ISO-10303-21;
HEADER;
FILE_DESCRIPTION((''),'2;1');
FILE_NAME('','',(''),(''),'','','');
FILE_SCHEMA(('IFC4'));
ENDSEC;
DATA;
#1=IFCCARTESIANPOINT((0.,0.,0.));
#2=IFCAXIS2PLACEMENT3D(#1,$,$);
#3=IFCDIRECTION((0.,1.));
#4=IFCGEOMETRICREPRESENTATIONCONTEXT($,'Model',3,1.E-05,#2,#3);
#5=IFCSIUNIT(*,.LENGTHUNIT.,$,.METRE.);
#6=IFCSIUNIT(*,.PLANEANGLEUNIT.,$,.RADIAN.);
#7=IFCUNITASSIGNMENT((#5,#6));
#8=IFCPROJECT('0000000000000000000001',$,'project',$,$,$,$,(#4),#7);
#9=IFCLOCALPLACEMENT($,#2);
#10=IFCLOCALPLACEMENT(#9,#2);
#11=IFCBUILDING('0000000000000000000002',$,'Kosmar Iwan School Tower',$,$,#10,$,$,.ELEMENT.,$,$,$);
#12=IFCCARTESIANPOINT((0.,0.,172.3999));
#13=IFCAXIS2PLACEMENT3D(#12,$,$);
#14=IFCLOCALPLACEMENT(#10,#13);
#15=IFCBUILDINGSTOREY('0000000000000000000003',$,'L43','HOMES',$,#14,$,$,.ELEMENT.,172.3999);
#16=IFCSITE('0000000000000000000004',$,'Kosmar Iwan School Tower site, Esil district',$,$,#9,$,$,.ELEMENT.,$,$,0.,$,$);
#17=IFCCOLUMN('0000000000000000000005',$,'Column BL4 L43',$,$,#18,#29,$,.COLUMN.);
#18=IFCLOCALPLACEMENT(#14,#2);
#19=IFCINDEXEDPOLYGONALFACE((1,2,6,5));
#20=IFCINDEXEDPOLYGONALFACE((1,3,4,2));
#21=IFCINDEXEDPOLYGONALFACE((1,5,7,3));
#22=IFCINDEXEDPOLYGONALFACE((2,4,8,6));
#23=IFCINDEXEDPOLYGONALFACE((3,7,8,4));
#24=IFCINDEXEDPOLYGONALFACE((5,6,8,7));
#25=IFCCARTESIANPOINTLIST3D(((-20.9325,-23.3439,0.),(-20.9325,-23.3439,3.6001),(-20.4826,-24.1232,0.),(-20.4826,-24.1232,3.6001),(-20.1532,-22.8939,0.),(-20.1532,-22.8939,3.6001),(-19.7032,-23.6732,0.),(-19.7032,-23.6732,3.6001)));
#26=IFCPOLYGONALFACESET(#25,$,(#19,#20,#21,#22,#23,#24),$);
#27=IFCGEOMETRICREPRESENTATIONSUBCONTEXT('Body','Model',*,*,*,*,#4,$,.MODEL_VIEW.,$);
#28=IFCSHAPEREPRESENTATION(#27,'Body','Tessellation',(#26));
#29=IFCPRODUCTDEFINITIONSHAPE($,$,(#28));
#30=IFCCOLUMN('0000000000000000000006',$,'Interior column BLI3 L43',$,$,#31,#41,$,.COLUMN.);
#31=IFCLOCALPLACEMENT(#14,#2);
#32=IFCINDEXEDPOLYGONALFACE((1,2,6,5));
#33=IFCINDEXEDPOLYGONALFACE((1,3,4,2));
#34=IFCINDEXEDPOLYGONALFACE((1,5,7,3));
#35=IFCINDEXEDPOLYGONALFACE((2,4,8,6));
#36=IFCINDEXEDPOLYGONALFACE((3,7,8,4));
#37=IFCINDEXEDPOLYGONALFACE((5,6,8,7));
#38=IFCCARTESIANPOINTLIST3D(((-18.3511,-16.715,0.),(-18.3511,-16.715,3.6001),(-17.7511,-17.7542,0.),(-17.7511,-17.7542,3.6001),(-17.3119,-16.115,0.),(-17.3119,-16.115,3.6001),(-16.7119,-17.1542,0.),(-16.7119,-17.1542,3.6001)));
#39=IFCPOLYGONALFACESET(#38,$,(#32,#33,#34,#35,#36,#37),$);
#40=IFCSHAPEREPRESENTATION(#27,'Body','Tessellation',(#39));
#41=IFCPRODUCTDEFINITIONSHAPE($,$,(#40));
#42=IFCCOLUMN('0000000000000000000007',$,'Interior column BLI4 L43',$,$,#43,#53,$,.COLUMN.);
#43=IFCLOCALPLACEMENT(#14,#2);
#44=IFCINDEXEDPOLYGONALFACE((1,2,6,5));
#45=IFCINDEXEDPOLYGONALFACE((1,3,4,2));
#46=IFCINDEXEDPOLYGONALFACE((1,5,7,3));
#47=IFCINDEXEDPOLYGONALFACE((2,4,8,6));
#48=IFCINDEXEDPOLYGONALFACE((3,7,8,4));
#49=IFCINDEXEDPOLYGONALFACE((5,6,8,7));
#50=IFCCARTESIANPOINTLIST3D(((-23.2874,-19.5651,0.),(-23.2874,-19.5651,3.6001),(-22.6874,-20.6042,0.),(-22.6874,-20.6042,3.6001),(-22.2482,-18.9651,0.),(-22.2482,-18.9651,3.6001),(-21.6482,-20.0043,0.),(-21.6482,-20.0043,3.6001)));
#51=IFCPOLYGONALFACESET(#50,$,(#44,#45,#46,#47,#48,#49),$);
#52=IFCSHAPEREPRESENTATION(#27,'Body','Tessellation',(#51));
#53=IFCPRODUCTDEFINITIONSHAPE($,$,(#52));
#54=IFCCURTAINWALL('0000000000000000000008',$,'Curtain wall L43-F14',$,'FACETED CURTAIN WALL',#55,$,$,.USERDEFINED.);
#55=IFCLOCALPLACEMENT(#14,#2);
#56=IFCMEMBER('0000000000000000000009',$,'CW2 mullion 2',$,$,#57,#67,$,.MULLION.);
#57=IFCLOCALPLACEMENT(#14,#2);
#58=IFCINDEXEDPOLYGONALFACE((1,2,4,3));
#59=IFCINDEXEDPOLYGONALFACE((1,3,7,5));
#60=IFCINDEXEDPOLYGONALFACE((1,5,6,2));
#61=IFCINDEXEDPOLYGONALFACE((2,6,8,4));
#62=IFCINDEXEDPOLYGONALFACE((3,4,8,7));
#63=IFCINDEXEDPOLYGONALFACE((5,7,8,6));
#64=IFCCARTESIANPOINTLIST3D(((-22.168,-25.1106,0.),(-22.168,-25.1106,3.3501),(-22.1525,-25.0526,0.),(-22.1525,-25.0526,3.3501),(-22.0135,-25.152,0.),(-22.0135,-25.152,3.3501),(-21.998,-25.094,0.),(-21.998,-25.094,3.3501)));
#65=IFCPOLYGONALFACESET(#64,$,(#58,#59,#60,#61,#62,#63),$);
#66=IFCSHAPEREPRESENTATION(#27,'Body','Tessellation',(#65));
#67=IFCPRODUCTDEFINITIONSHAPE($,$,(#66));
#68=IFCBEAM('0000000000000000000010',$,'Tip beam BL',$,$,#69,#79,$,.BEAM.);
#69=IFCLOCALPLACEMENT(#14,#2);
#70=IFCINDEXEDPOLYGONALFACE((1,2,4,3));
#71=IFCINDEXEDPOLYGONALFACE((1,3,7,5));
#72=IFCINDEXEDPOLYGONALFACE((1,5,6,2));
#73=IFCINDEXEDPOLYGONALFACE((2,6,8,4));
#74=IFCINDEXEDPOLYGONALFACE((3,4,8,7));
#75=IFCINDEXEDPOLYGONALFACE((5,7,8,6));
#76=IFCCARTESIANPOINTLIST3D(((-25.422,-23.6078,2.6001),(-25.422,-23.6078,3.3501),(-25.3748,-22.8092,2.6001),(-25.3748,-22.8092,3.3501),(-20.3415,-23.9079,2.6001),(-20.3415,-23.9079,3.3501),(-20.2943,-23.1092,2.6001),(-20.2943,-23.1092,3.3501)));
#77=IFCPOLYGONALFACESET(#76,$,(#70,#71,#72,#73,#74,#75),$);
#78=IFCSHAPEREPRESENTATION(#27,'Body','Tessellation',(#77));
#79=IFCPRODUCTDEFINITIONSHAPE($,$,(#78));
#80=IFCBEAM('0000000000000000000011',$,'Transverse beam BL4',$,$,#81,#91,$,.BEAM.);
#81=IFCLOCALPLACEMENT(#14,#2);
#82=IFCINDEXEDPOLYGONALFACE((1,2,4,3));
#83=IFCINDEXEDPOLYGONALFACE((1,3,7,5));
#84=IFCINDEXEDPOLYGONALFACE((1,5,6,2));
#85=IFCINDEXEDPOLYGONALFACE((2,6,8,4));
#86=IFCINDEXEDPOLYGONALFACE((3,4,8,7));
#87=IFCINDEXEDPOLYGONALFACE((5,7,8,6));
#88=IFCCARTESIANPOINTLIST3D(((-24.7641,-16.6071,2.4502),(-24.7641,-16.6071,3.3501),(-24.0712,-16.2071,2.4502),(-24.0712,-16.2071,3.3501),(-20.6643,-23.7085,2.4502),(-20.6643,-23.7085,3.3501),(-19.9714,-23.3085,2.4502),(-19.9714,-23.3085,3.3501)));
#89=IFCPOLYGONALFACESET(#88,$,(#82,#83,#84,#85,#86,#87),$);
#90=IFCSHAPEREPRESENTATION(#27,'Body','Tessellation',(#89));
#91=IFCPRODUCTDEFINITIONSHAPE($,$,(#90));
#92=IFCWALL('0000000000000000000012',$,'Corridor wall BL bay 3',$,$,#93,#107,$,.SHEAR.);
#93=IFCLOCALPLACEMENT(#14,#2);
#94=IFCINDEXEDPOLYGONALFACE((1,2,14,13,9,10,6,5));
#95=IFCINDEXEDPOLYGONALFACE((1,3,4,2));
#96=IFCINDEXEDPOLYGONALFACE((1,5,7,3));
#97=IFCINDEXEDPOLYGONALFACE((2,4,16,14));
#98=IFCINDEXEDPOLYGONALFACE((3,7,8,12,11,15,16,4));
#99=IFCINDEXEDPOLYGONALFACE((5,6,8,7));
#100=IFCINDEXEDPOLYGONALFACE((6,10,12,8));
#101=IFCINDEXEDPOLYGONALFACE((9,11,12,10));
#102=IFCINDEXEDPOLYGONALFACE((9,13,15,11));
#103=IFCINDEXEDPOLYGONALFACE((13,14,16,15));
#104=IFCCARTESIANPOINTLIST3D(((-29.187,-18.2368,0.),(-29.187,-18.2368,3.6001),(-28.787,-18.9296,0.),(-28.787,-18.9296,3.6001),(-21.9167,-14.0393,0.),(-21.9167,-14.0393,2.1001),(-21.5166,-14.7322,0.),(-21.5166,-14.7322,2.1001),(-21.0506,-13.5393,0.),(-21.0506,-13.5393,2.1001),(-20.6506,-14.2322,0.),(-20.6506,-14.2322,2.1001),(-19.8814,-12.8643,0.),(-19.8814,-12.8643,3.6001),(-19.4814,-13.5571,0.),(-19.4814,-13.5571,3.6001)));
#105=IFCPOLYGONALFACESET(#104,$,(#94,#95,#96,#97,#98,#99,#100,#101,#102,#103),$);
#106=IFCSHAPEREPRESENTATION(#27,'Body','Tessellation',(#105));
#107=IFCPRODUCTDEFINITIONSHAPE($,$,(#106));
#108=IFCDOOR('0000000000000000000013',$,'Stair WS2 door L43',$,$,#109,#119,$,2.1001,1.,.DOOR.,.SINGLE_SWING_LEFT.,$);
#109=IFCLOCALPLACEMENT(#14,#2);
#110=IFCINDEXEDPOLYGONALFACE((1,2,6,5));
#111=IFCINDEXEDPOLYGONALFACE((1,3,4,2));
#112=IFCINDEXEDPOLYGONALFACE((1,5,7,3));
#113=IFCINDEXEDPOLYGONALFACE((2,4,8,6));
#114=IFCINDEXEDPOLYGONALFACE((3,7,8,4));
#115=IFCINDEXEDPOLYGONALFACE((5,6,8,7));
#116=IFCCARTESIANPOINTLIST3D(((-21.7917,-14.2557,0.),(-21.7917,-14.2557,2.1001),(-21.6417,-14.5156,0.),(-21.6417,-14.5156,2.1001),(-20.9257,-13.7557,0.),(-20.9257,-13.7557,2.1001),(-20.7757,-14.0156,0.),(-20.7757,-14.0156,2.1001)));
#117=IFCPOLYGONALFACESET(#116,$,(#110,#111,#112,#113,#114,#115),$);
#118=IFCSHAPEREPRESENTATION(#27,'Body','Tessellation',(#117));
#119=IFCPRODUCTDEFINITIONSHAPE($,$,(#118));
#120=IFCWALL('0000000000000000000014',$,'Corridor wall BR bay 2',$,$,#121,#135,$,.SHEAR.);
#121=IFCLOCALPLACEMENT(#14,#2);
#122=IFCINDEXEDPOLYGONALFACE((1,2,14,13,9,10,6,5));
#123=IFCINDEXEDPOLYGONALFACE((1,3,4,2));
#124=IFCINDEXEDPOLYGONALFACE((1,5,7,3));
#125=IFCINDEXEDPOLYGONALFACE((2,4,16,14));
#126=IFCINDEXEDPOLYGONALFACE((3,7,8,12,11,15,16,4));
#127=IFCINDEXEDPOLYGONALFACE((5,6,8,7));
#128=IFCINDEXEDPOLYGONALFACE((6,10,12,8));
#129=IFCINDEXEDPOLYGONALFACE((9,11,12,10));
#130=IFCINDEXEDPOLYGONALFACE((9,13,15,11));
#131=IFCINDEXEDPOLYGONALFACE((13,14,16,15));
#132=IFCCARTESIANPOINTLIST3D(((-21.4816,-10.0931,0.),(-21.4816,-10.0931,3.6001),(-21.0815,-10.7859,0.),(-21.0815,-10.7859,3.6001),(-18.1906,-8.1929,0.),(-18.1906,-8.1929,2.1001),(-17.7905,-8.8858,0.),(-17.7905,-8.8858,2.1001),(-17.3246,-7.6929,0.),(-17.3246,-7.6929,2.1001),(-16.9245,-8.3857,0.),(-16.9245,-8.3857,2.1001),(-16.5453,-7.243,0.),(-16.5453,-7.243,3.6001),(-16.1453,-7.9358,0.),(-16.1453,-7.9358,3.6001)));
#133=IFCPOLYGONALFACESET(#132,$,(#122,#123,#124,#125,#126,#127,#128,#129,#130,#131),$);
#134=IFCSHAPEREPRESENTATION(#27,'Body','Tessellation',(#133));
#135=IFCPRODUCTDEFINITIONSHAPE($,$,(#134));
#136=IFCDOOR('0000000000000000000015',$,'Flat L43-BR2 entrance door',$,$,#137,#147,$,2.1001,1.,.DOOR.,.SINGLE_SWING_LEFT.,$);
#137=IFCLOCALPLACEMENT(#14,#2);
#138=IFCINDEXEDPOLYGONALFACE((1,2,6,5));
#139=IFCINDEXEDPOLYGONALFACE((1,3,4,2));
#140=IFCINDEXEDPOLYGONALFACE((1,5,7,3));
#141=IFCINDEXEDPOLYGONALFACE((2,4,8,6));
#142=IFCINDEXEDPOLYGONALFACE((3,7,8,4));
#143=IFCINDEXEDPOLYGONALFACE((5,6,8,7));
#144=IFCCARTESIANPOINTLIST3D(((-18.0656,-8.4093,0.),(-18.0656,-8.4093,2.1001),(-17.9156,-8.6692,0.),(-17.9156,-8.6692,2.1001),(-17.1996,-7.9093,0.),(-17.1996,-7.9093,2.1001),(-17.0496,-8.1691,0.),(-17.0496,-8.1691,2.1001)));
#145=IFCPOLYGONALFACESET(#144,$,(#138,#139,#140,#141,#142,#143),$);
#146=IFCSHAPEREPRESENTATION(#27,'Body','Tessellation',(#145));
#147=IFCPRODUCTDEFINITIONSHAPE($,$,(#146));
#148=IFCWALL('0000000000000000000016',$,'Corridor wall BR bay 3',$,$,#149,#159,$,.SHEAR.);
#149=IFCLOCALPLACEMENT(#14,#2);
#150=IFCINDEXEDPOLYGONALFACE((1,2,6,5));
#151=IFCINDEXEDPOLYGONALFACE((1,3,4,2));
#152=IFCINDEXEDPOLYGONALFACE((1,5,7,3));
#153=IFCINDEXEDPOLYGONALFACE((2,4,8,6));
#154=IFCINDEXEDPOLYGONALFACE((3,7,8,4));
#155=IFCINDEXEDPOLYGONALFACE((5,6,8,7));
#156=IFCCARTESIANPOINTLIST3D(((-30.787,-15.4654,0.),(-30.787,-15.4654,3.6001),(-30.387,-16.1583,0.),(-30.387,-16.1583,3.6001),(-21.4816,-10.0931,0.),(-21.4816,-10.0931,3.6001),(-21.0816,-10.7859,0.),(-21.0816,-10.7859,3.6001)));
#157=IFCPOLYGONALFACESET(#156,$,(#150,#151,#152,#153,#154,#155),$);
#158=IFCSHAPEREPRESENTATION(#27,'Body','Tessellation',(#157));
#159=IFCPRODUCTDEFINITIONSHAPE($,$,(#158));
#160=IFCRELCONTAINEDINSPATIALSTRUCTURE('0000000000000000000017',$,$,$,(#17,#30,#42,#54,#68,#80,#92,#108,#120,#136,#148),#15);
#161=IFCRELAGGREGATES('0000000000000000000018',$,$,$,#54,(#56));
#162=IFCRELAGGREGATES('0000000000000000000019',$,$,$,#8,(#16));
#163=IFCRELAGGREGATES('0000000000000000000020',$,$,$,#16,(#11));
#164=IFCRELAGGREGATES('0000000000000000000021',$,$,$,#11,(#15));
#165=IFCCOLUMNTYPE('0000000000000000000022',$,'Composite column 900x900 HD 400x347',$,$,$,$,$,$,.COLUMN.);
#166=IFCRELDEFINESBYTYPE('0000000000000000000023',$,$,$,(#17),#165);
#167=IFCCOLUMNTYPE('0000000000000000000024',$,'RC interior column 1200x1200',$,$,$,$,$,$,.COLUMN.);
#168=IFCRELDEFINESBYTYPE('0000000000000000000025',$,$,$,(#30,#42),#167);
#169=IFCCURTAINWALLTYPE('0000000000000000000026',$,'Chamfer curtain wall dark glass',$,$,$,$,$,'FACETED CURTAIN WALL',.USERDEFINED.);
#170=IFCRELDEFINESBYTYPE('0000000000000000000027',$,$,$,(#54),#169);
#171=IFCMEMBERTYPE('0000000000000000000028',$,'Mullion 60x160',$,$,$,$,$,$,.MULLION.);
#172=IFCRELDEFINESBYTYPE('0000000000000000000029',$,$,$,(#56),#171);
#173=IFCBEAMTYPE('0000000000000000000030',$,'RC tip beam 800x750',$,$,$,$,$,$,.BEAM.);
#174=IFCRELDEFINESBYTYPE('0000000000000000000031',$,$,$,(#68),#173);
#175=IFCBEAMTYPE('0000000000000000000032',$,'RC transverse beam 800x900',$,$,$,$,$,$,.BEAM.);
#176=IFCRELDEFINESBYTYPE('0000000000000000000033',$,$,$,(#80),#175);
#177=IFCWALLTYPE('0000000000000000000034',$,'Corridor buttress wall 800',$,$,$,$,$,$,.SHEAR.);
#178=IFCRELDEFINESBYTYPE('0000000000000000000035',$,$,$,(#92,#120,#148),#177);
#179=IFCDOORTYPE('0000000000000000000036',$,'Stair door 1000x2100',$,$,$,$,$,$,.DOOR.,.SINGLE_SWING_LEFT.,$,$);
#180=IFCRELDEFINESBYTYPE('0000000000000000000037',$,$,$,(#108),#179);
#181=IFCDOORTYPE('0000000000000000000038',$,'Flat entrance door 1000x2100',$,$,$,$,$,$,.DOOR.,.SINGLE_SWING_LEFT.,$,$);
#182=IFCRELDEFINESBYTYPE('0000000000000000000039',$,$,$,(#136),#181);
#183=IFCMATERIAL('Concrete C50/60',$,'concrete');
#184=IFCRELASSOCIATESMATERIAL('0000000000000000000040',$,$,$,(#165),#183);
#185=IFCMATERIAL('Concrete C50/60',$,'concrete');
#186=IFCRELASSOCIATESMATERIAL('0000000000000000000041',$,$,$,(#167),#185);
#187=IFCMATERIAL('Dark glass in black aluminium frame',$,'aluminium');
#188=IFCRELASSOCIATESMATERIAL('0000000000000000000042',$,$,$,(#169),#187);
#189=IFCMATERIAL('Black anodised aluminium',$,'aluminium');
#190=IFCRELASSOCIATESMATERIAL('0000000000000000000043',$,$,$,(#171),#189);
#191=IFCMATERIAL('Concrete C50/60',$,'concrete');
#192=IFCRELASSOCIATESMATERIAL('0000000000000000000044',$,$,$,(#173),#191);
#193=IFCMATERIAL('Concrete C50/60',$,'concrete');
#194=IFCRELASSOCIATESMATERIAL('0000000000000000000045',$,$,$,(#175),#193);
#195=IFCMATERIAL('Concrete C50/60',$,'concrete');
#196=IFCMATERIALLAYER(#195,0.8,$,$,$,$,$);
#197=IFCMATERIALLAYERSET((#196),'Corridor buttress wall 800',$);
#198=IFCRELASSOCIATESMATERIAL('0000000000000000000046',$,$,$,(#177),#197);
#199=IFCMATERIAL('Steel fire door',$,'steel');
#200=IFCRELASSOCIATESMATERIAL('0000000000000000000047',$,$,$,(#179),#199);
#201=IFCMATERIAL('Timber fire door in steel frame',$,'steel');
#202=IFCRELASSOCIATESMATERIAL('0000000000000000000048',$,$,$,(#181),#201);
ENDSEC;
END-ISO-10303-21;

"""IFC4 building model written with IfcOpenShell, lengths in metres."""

from ifc_helpers import new_model, si_unit, direction, frame, frame_2d, origin, origin_2d, place, context, subcontext, project, spatial, rectangle, extrude, material, layer, layer_set, material_profile, profile_set, type_object, element, fill, aggregate, save


model = new_model("IFC4")

# Units and contexts
model_context = context("Model", 3, precision=1e-05, world=origin(), true_north=direction((0.0, 1.0)))
body_context = subcontext(model_context, "Body", "Model", "MODEL_VIEW")
ifc_project = project(units=[si_unit("LENGTHUNIT", "METRE"), si_unit("PLANEANGLEUNIT", "RADIAN")], contexts=[model_context])

# Site, building, storey
site_placement = place(None, origin())
site = spatial("IfcSite", under=ifc_project, at=site_placement, Name="Kosmar Iwan School Tower site, Esil district", CompositionType="ELEMENT", RefElevation=0.0)
building_placement = place(site_placement, origin())
building = spatial("IfcBuilding", under=site, at=building_placement, Name="Kosmar Iwan School Tower", CompositionType="ELEMENT")
storey_placement = place(building_placement, frame((0.0, 0.0, 172.3999)))
storey = spatial("IfcBuildingStorey", under=building, at=storey_placement, Name="L43", Description="HOMES", CompositionType="ELEMENT", Elevation=172.3999)

# Columns
ifc_material_1 = material(Name="Concrete C50/60", Category="concrete")
ifc_material_profile_1 = material_profile(ifc_material_1, rectangle(XDim=0.8999, YDim=0.8999, at=origin_2d()), Name="RC 900x900 + HD 400x347")
ifc_profile_set_1 = profile_set([ifc_material_profile_1], Name="Concrete C50/60")
column_type_1 = type_object("IfcColumnType", Name="Composite column 900x900 HD 400x347", PredefinedType="COLUMN", material=ifc_profile_set_1)
column_placement = place(storey_placement, frame((-20.3179, -23.5085, 0.0), z_axis=(0.0, 0.0, 1.0), x_axis=(-0.866025, -0.5, 0.0)))
element("IfcColumn", 1, at=column_placement, inside=storey, type_object=column_type_1, Name="Column BL4 L43", PredefinedType="COLUMN", context=body_context, shape_type="SweptSolid", body=[
    extrude(rectangle(XDim=0.8999, YDim=0.8999, at=origin_2d()), origin(), (0.0, 0.0, 1.0), 3.6001),
])
ifc_material_2 = material(Name="Concrete C50/60", Category="concrete")
ifc_material_profile_2 = material_profile(ifc_material_2, rectangle(XDim=1.2, YDim=1.2, at=origin_2d()), Name="RC 1200x1200")
ifc_profile_set_2 = profile_set([ifc_material_profile_2], Name="Concrete C50/60")
column_type_2 = type_object("IfcColumnType", Name="RC interior column 1200x1200", PredefinedType="COLUMN", material=ifc_profile_set_2)
for number, where, z_axis, x_axis, name in (
    (2, (-17.5315, -16.9346, 0.0), (0.0, 0.0, 1.0), (-0.866025, -0.5, 0.0), "Interior column BLI3 L43"),
    (3, (-22.4678, -19.7847, 0.0), (0.0, 0.0, 1.0), (-0.866025, -0.5, 0.0), "Interior column BLI4 L43"),
):
    element("IfcColumn", number, at=place(storey_placement, frame(where, z_axis=z_axis, x_axis=x_axis)), inside=storey, type_object=column_type_2, Name=name, PredefinedType="COLUMN", context=body_context, shape_type="SweptSolid", body=[
        extrude(rectangle(XDim=1.2, YDim=1.2, at=origin_2d()), origin(), (0.0, 0.0, 1.0), 3.6001),
    ])

# Curtain wall, member
ifc_material_3 = material(Name="Dark glass in black aluminium frame", Category="aluminium")
curtain_wall_type = type_object("IfcCurtainWallType", Name="Chamfer curtain wall dark glass", ElementType="FACETED CURTAIN WALL", PredefinedType="USERDEFINED", material=ifc_material_3)
curtain_wall_placement = place(storey_placement, origin())
curtain_wall = element("IfcCurtainWall", 4, at=curtain_wall_placement, inside=storey, type_object=curtain_wall_type, Name="Curtain wall L43-F14", ObjectType="FACETED CURTAIN WALL", PredefinedType="USERDEFINED")
ifc_material_4 = material(Name="Black anodised aluminium", Category="aluminium")
ifc_material_profile_3 = material_profile(ifc_material_4, rectangle(XDim=0.0601, YDim=0.1599, at=origin_2d()), Name="MULLION 60x160")
ifc_profile_set_3 = profile_set([ifc_material_profile_3], Name="Black anodised aluminium")
member_type = type_object("IfcMemberType", Name="Mullion 60x160", PredefinedType="MULLION", material=ifc_profile_set_3)
member_placement = place(storey_placement, frame((-22.083, -25.1023, 0.0), z_axis=(0.0, 0.0, 1.0), x_axis=(0.258819, 0.965926, 0.0)))
member = element("IfcMember", 5, at=member_placement, type_object=member_type, Name="CW2 mullion 2", PredefinedType="MULLION", context=body_context, shape_type="SweptSolid", body=[
    extrude(rectangle(XDim=0.0601, YDim=0.1599, at=origin_2d()), origin(), (0.0, 0.0, 1.0), 3.3501),
])
aggregate(curtain_wall, [member])

# Beams
ifc_material_5 = material(Name="Concrete C50/60", Category="concrete")
ifc_material_profile_4 = material_profile(ifc_material_5, rectangle(XDim=0.8, YDim=0.75, at=origin_2d()), Name="RC 800x750")
ifc_profile_set_4 = profile_set([ifc_material_profile_4], Name="Concrete C50/60")
beam_type_1 = type_object("IfcBeamType", Name="RC tip beam 800x750", PredefinedType="BEAM", material=ifc_profile_set_4)
beam_1_placement = place(storey_placement, frame((-20.3179, -23.5085, 2.9751), z_axis=(-0.998261, 0.058955, 0.0), x_axis=(-0.058955, -0.998261, 0.0)))
element("IfcBeam", 6, at=beam_1_placement, inside=storey, type_object=beam_type_1, Name="Tip beam BL", PredefinedType="BEAM", context=body_context, shape_type="SweptSolid", body=[
    extrude(rectangle(XDim=0.8, YDim=0.75, at=origin_2d()), origin(), (0.0, 0.0, 1.0), 5.0894),
])
ifc_material_6 = material(Name="Concrete C50/60", Category="concrete")
ifc_material_profile_5 = material_profile(ifc_material_6, rectangle(XDim=0.8, YDim=0.8999, at=origin_2d()), Name="RC 800x900")
ifc_profile_set_5 = profile_set([ifc_material_profile_5], Name="Concrete C50/60")
beam_type_2 = type_object("IfcBeamType", Name="RC transverse beam 800x900", PredefinedType="BEAM", material=ifc_profile_set_5)
beam_2_placement = place(storey_placement, frame((-20.3179, -23.5085, 2.9001), z_axis=(-0.499978, 0.866038, 0.0), x_axis=(-0.866038, -0.499978, 0.0)))
element("IfcBeam", 7, at=beam_2_placement, inside=storey, type_object=beam_type_2, Name="Transverse beam BL4", PredefinedType="BEAM", context=body_context, shape_type="SweptSolid", body=[
    extrude(rectangle(XDim=0.8, YDim=0.8999, at=origin_2d()), origin(), (0.0, 0.0, 1.0), 8.2),
])

# Walls, openings, doors
ifc_material_7 = material(Name="Concrete C50/60", Category="concrete")
ifc_layer_1 = layer(ifc_material_7, 0.8)
ifc_layer_set_1 = layer_set([ifc_layer_1], Name="Corridor buttress wall 800")
wall_type_1 = type_object("IfcWallType", Name="Corridor buttress wall 800", PredefinedType="SHEAR", material=ifc_layer_set_1)
wall_1_placement = place(storey_placement, frame((-19.6814, -13.2107, 0.0), z_axis=(0.0, 0.0, 1.0), x_axis=(-0.866028, -0.499995, 0.0)))
wall_1 = element("IfcWall", 8, at=wall_1_placement, inside=storey, type_object=wall_type_1, Name="Corridor wall BL bay 3", PredefinedType="SHEAR", context=body_context, shape_type="SweptSolid", body=[
    extrude(rectangle(XDim=10.7451, YDim=0.8, at=frame_2d((5.3726, 0.0))), origin(), (0.0, 0.0, 1.0), 3.6001),
])
opening_1_placement = place(wall_1_placement, frame((1.3501, 0.0, 0.0)))
opening_1 = element("IfcOpeningElement", 9, at=opening_1_placement, cuts=wall_1, PredefinedType="OPENING", context=body_context, shape_type="SweptSolid", body=[
    extrude(rectangle(XDim=1.0, YDim=2.1001, at=frame_2d((0.5, 1.05))), frame((0.0, 0.4121, 0.0), z_axis=(0.0, -1.0, 0.0), x_axis=(1.0, 0.0, 0.0)), (0.0, 0.0, 1.0), 0.824),
])
ifc_material_8 = material(Name="Steel fire door", Category="steel")
door_type_1 = type_object("IfcDoorType", Name="Stair door 1000x2100", OperationType="SINGLE_SWING_LEFT", PredefinedType="DOOR", material=ifc_material_8)
door_1_placement = place(opening_1_placement, origin())
door_1 = element("IfcDoor", 10, at=door_1_placement, inside=storey, type_object=door_type_1, Name="Stair WS2 door L43", OperationType="SINGLE_SWING_LEFT", OverallHeight=2.1001, OverallWidth=1.0, PredefinedType="DOOR", context=body_context, shape_type="SweptSolid", body=[
    extrude(rectangle(XDim=1.0, YDim=2.1001, at=frame_2d((0.5, 1.05))), frame((0.0, 0.1499, 0.0), z_axis=(0.0, -1.0, 0.0), x_axis=(1.0, 0.0, 0.0)), (0.0, 0.0, 1.0), 0.3),
])
fill(opening_1, door_1)
wall_2_placement = place(storey_placement, frame((-16.3452, -7.5894, 0.0), z_axis=(0.0, 0.0, 1.0), x_axis=(-0.866015, -0.500018, 0.0)))
wall_2 = element("IfcWall", 11, at=wall_2_placement, inside=storey, type_object=wall_type_1, Name="Corridor wall BR bay 2", PredefinedType="SHEAR", context=body_context, shape_type="SweptSolid", body=[
    extrude(rectangle(XDim=5.7, YDim=0.8, at=frame_2d((2.8501, 0.0))), origin(), (0.0, 0.0, 1.0), 3.6001),
])
opening_2_placement = place(wall_2_placement, frame((0.8999, 0.0, 0.0)))
opening_2 = element("IfcOpeningElement", 12, at=opening_2_placement, cuts=wall_2, PredefinedType="OPENING", context=body_context, shape_type="SweptSolid", body=[
    extrude(rectangle(XDim=1.0, YDim=2.1001, at=frame_2d((0.5, 1.05))), frame((0.0, 0.4121, 0.0), z_axis=(0.0, -1.0, 0.0), x_axis=(1.0, 0.0, 0.0)), (0.0, 0.0, 1.0), 0.824),
])
ifc_material_9 = material(Name="Timber fire door in steel frame", Category="steel")
door_type_2 = type_object("IfcDoorType", Name="Flat entrance door 1000x2100", OperationType="SINGLE_SWING_LEFT", PredefinedType="DOOR", material=ifc_material_9)
door_2_placement = place(opening_2_placement, origin())
door_2 = element("IfcDoor", 13, at=door_2_placement, inside=storey, type_object=door_type_2, Name="Flat L43-BR2 entrance door", OperationType="SINGLE_SWING_LEFT", OverallHeight=2.1001, OverallWidth=1.0, PredefinedType="DOOR", context=body_context, shape_type="SweptSolid", body=[
    extrude(rectangle(XDim=1.0, YDim=2.1001, at=frame_2d((0.5, 1.05))), frame((0.0, 0.1499, 0.0), z_axis=(0.0, -1.0, 0.0), x_axis=(1.0, 0.0, 0.0)), (0.0, 0.0, 1.0), 0.3),
])
fill(opening_2, door_2)

# Wall
wall_3_placement = place(storey_placement, frame((-21.2815, -10.4395, 0.0), z_axis=(0.0, 0.0, 1.0), x_axis=(-0.866032, -0.499988, 0.0)))
element("IfcWall", 14, at=wall_3_placement, inside=storey, type_object=wall_type_1, Name="Corridor wall BR bay 3", PredefinedType="SHEAR", context=body_context, shape_type="SweptSolid", body=[
    extrude(rectangle(XDim=10.7449, YDim=0.8, at=frame_2d((5.3726, 0.0))), origin(), (0.0, 0.0, 1.0), 3.6001),
])

save(model, "model.ifc")
